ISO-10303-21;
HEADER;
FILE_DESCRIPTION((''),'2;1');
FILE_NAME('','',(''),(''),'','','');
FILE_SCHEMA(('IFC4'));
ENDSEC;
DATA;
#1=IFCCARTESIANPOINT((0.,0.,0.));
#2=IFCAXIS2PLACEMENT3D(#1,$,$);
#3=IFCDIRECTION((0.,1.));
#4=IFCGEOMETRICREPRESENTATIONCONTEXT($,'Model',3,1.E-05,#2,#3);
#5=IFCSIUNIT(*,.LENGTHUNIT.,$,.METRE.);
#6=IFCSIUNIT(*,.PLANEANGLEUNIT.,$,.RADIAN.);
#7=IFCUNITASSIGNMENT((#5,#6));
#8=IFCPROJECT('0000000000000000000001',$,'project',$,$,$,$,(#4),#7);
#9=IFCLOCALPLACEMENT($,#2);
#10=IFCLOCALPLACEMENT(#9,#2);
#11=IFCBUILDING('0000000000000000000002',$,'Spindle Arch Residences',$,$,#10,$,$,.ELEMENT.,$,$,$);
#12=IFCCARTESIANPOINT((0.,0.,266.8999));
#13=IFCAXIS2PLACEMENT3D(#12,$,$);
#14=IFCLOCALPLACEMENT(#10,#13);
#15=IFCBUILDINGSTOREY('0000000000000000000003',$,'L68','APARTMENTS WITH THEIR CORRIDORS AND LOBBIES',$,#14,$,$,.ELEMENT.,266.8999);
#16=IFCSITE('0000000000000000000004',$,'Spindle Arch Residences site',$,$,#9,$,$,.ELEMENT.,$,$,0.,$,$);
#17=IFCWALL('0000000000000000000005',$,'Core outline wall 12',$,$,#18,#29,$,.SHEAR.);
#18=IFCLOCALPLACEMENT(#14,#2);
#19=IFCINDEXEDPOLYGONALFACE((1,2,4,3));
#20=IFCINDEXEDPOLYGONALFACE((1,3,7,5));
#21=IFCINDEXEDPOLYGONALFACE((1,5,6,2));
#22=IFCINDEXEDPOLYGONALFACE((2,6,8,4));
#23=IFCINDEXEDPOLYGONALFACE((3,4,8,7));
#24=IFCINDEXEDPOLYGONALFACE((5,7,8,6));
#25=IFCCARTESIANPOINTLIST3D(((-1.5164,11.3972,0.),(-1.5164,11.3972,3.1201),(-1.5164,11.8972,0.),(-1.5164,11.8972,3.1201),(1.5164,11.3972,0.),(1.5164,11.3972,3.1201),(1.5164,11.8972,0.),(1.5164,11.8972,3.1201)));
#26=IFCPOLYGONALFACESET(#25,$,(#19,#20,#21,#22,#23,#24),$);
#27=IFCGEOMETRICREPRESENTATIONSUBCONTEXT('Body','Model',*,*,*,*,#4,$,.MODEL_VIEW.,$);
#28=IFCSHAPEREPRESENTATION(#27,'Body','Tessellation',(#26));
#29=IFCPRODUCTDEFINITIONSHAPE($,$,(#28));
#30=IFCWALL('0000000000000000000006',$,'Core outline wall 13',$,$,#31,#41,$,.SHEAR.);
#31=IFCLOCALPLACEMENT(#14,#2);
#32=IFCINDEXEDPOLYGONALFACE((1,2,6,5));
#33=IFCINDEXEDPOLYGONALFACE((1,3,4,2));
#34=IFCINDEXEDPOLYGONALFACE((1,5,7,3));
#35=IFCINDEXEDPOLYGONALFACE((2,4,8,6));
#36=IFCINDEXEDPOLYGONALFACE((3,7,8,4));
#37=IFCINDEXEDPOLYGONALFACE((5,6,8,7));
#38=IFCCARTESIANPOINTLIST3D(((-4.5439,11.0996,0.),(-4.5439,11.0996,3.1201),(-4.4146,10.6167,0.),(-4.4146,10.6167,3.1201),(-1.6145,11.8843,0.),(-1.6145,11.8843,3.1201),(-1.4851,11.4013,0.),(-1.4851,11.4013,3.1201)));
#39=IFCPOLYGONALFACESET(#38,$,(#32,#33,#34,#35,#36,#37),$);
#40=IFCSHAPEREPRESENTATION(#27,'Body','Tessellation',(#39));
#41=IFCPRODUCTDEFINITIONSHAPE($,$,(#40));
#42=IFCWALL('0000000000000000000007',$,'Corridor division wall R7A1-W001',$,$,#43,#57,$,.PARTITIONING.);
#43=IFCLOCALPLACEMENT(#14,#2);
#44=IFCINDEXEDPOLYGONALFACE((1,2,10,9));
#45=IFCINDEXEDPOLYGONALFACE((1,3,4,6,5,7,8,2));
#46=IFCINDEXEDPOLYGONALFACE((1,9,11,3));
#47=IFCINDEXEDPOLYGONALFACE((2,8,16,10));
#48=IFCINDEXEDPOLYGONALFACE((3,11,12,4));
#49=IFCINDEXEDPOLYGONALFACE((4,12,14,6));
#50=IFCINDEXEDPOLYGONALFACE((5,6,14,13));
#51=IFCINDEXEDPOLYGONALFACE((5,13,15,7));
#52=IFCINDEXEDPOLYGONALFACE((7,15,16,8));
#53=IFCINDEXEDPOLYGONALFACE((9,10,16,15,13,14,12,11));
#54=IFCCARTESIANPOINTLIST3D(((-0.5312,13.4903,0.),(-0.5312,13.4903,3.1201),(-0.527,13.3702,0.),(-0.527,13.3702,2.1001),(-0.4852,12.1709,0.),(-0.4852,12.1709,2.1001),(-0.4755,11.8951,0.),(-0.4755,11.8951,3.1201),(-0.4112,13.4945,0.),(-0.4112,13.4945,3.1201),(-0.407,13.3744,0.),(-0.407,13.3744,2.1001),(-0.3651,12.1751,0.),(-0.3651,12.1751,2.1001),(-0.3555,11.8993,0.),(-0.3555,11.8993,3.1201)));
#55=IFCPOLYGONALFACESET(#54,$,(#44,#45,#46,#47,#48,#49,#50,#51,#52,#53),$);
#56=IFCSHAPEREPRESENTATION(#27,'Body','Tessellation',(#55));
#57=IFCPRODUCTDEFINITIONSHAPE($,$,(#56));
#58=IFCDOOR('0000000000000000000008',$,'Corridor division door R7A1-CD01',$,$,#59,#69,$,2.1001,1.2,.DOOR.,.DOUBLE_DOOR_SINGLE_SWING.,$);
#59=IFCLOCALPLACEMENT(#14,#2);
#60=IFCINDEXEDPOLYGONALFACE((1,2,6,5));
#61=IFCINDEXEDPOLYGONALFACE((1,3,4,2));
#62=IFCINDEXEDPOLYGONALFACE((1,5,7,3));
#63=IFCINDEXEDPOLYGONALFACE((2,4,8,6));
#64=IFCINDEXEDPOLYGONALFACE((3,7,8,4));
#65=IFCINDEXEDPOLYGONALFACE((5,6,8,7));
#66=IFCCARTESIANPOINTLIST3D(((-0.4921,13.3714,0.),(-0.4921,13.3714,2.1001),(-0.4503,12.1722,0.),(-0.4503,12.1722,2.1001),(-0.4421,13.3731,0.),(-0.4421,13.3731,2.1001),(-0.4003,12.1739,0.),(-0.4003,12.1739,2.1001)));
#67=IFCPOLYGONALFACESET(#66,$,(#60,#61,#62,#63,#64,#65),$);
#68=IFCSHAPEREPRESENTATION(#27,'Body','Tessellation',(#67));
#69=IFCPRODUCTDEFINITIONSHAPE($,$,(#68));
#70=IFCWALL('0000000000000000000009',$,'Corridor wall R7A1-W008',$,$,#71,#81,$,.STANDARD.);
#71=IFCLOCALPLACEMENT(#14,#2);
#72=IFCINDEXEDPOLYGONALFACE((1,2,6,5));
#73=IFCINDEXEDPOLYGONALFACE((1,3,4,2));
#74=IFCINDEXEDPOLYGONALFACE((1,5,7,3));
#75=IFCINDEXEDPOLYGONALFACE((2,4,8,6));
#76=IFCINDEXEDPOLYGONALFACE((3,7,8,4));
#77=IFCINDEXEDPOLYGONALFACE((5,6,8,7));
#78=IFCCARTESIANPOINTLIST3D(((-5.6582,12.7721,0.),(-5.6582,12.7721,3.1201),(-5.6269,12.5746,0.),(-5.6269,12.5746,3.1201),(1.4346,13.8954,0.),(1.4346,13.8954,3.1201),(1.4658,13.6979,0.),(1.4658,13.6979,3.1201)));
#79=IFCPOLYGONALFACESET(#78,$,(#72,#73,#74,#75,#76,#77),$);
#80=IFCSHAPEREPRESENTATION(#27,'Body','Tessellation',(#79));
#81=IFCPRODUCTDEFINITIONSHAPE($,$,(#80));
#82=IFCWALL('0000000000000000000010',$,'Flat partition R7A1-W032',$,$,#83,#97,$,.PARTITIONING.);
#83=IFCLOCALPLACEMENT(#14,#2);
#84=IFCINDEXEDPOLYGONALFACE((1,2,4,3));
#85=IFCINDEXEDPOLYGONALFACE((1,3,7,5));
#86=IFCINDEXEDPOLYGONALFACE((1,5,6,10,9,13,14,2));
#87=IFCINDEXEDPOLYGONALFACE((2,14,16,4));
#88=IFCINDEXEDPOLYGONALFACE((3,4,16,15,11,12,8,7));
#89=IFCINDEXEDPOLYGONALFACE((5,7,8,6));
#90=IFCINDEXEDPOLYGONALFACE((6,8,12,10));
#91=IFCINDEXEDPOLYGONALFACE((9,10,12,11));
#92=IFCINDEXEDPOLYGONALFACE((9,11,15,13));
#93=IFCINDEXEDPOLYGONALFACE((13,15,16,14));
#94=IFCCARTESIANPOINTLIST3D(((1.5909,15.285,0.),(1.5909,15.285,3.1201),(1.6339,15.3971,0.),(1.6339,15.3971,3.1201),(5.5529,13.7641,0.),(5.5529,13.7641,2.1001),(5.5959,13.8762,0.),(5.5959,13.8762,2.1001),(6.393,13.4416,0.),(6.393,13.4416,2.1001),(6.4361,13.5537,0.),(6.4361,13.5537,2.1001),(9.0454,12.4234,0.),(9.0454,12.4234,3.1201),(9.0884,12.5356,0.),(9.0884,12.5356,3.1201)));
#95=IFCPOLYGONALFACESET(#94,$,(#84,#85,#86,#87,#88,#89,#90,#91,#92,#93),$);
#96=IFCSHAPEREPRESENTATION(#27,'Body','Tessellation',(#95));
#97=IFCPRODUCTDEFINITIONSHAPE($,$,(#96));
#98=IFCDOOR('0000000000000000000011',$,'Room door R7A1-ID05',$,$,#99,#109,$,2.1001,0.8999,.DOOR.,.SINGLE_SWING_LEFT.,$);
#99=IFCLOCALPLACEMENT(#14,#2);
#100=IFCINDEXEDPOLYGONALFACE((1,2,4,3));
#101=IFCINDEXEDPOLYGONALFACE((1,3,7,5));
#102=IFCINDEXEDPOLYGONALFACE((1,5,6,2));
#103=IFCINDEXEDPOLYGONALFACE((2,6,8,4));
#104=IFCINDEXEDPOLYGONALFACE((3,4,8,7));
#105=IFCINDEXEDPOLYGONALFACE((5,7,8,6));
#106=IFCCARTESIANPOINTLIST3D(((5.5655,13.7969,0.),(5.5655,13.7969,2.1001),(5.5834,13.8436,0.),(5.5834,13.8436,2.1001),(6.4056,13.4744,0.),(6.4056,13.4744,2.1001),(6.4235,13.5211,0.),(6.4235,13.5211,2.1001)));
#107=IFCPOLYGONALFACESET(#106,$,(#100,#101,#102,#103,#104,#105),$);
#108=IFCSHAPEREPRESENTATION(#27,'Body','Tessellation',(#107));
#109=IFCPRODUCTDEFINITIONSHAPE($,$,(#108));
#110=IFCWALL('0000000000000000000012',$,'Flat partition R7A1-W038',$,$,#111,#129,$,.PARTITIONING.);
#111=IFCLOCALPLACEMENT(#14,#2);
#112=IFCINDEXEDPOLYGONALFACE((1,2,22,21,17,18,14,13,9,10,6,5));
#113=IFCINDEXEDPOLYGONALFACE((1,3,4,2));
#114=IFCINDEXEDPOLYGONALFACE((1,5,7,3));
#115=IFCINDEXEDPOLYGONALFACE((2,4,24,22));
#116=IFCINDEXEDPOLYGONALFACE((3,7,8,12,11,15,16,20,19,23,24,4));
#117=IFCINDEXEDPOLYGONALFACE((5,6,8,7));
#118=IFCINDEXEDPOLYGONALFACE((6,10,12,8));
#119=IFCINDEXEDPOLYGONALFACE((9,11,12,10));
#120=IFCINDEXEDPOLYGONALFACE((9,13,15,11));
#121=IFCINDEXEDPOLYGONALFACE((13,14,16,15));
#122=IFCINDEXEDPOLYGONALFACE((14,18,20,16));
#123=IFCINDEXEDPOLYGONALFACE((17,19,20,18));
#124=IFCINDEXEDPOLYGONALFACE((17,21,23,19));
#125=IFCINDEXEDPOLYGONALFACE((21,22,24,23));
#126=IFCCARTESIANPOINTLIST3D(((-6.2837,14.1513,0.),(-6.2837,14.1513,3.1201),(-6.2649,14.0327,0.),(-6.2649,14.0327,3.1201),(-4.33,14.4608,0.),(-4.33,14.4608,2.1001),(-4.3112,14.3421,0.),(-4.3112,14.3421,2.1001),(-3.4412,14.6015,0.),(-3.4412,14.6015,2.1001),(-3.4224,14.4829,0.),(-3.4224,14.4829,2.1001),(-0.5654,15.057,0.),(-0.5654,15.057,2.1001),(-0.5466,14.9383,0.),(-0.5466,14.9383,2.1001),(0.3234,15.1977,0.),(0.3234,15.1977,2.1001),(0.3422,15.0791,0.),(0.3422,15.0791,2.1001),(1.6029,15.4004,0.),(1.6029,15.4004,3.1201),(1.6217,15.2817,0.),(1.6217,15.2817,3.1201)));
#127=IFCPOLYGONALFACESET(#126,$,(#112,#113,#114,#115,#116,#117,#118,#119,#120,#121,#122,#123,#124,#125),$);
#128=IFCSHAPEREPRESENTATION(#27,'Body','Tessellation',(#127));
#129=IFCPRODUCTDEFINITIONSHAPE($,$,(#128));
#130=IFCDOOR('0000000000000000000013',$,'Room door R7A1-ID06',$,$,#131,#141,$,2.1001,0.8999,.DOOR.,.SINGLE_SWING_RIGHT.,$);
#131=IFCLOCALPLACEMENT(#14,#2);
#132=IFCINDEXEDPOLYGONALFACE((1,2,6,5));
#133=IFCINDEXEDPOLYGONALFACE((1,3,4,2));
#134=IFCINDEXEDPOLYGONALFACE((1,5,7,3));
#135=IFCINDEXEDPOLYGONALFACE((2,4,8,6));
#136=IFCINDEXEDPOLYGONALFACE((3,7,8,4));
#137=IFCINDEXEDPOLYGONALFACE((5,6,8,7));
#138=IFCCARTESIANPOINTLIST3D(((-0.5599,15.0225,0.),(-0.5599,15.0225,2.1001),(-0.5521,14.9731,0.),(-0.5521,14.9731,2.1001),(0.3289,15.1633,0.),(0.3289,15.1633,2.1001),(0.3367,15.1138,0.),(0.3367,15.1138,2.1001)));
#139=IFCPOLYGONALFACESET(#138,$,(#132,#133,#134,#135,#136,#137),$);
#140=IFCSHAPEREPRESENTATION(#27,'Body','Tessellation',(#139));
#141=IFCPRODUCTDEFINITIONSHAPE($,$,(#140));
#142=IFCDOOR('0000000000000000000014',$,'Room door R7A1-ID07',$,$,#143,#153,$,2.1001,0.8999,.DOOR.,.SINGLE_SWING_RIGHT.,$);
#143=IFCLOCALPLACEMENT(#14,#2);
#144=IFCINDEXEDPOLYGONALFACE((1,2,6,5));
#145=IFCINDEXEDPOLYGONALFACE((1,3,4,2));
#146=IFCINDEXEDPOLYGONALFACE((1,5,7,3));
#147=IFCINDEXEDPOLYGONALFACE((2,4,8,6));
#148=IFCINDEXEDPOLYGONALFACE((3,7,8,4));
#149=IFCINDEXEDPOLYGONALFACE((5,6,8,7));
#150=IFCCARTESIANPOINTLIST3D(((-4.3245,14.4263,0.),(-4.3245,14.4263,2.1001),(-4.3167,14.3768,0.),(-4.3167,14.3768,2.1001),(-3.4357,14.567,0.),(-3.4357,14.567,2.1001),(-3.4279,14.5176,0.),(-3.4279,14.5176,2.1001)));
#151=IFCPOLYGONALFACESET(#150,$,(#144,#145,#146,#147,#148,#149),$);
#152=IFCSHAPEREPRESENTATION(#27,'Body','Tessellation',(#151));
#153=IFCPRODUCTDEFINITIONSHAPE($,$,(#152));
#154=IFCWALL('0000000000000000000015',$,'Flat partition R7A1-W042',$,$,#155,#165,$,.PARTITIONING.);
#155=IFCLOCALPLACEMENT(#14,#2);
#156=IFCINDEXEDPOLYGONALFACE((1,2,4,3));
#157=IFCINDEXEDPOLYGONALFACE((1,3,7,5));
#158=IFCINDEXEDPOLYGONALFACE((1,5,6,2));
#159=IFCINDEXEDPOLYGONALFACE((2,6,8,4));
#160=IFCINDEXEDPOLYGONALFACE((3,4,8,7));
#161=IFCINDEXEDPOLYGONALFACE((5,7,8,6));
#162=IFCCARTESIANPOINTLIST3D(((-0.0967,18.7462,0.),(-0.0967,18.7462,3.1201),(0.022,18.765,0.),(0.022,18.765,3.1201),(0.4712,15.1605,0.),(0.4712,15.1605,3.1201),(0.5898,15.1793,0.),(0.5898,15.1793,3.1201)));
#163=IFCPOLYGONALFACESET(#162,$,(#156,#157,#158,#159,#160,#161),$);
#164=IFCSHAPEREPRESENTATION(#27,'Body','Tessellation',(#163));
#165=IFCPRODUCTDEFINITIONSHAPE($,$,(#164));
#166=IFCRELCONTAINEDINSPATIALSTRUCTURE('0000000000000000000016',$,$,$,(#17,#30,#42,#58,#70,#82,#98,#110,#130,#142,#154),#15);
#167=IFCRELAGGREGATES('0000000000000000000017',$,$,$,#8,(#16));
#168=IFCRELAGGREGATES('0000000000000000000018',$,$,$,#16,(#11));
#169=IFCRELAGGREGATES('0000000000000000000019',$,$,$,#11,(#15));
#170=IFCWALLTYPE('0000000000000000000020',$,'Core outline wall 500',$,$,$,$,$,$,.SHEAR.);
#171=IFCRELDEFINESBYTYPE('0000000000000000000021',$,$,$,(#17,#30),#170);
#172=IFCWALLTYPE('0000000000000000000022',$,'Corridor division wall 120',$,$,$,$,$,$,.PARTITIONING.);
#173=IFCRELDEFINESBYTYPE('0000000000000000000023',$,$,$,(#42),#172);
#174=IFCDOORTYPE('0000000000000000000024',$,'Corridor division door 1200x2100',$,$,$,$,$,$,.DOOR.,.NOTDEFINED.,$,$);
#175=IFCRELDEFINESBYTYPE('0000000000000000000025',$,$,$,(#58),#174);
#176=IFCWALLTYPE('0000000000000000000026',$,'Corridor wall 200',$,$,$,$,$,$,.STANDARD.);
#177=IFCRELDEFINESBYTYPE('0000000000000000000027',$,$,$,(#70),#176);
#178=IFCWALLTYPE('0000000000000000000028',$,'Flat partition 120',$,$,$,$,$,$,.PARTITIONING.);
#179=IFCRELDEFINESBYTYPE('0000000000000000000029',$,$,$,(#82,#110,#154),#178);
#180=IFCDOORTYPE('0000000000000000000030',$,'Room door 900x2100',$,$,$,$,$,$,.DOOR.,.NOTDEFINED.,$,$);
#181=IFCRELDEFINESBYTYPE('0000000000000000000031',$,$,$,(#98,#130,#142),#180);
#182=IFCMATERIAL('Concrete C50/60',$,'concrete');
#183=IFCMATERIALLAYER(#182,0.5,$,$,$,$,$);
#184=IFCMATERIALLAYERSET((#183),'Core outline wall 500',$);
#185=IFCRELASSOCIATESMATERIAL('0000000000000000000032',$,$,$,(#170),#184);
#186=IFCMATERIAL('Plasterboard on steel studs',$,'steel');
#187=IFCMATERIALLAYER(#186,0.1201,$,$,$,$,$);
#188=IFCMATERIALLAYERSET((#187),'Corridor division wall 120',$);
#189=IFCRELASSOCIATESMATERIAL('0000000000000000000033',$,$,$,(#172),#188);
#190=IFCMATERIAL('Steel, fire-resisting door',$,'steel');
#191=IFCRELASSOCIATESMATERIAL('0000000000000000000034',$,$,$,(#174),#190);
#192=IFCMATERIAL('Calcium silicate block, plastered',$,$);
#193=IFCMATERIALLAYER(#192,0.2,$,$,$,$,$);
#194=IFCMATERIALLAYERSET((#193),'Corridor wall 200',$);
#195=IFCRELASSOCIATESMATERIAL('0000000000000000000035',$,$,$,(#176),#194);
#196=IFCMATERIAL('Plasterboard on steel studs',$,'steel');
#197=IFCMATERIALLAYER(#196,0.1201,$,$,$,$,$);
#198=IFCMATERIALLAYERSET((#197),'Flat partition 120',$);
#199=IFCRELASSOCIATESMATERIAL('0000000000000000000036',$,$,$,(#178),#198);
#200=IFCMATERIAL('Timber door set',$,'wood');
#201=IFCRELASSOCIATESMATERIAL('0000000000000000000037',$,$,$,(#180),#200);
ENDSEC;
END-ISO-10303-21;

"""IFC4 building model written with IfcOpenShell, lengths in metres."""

from ifc_helpers import new_model, si_unit, direction, frame, frame_2d, origin, place, context, subcontext, project, spatial, rectangle, extrude, material, layer, layer_set, type_object, element, fill, save


model = new_model("IFC4")

# Units and contexts
model_context = context("Model", 3, precision=1e-05, world=origin(), true_north=direction((0.0, 1.0)))
body_context = subcontext(model_context, "Body", "Model", "MODEL_VIEW")
ifc_project = project(units=[si_unit("LENGTHUNIT", "METRE"), si_unit("PLANEANGLEUNIT", "RADIAN")], contexts=[model_context])

# Site, building, storey
site_placement = place(None, origin())
site = spatial("IfcSite", under=ifc_project, at=site_placement, Name="Spindle Arch Residences site", CompositionType="ELEMENT", RefElevation=0.0)
building_placement = place(site_placement, origin())
building = spatial("IfcBuilding", under=site, at=building_placement, Name="Spindle Arch Residences", CompositionType="ELEMENT")
storey_placement = place(building_placement, frame((0.0, 0.0, 266.8999)))
storey = spatial("IfcBuildingStorey", under=building, at=storey_placement, Name="L68", Description="APARTMENTS WITH THEIR CORRIDORS AND LOBBIES", CompositionType="ELEMENT", Elevation=266.8999)

# Walls
ifc_material_1 = material(Name="Concrete C50/60", Category="concrete")
ifc_layer_1 = layer(ifc_material_1, 0.5)
ifc_layer_set_1 = layer_set([ifc_layer_1], Name="Core outline wall 500")
wall_type_1 = type_object("IfcWallType", Name="Core outline wall 500", PredefinedType="SHEAR", material=ifc_layer_set_1)
for number, where, z_axis, x_axis, name in (
    (1, (1.5164, 11.6472, 0.0), (0.0, 0.0, 1.0), (-1.0, 0.0, 0.0), "Core outline wall 12"),
    (2, (-1.5498, 11.6428, 0.0), (0.0, 0.0, 1.0), (-0.965948, -0.258735, 0.0), "Core outline wall 13"),
):
    element("IfcWall", number, at=place(storey_placement, frame(where, z_axis=z_axis, x_axis=x_axis)), inside=storey, type_object=wall_type_1, Name=name, PredefinedType="SHEAR", context=body_context, shape_type="SweptSolid", body=[
        extrude(rectangle(XDim=3.0327, YDim=0.5, at=frame_2d((1.5164, 0.0))), origin(), (0.0, 0.0, 1.0), 3.1201),
    ])

# Wall, opening, door
ifc_material_2 = material(Name="Plasterboard on steel studs", Category="steel")
ifc_layer_2 = layer(ifc_material_2, 0.1201)
ifc_layer_set_2 = layer_set([ifc_layer_2], Name="Corridor division wall 120")
wall_type_2 = type_object("IfcWallType", Name="Corridor division wall 120", PredefinedType="PARTITIONING", material=ifc_layer_set_2)
wall_1_placement = place(storey_placement, frame((-0.4712, 13.4924, 0.0), z_axis=(0.0, 0.0, 1.0), x_axis=(0.034873, -0.999392, 0.0)))
wall_1 = element("IfcWall", 3, at=wall_1_placement, inside=storey, type_object=wall_type_2, Name="Corridor division wall R7A1-W001", PredefinedType="PARTITIONING", context=body_context, shape_type="SweptSolid", body=[
    extrude(rectangle(XDim=1.5962, YDim=0.1201, at=frame_2d((0.7981, 0.0))), origin(), (0.0, 0.0, 1.0), 3.1201),
])
opening_1_placement = place(wall_1_placement, frame((0.1201, 0.0, 0.0)))
opening_1 = element("IfcOpeningElement", 4, at=opening_1_placement, cuts=wall_1, PredefinedType="OPENING", context=body_context, shape_type="SweptSolid", body=[
    extrude(rectangle(XDim=1.2, YDim=2.1001, at=frame_2d((0.6001, 1.05))), frame((0.0, 0.0701, 0.0), z_axis=(0.0, -1.0, 0.0), x_axis=(1.0, 0.0, 0.0)), (0.0, 0.0, 1.0), 0.1401),
])
ifc_material_3 = material(Name="Steel, fire-resisting door", Category="steel")
door_type_1 = type_object("IfcDoorType", Name="Corridor division door 1200x2100", OperationType="NOTDEFINED", PredefinedType="DOOR", material=ifc_material_3)
door_1_placement = place(opening_1_placement, origin())
door_1 = element("IfcDoor", 5, at=door_1_placement, inside=storey, type_object=door_type_1, Name="Corridor division door R7A1-CD01", OperationType="DOUBLE_DOOR_SINGLE_SWING", OverallHeight=2.1001, OverallWidth=1.2, PredefinedType="DOOR", context=body_context, shape_type="SweptSolid", body=[
    extrude(rectangle(XDim=1.2, YDim=2.1001, at=frame_2d((0.6001, 1.05))), frame((0.0, 0.0249, 0.0), z_axis=(0.0, -1.0, 0.0), x_axis=(1.0, 0.0, 0.0)), (0.0, 0.0, 1.0), 0.05),
])
fill(opening_1, door_1)

# Wall
ifc_material_4 = material(Name="Calcium silicate block, plastered")
ifc_layer_3 = layer(ifc_material_4, 0.2)
ifc_layer_set_3 = layer_set([ifc_layer_3], Name="Corridor wall 200")
wall_type_3 = type_object("IfcWallType", Name="Corridor wall 200", PredefinedType="STANDARD", material=ifc_layer_set_3)
wall_2_placement = place(storey_placement, frame((1.4502, 13.7966, 0.0), z_axis=(0.0, 0.0, 1.0), x_axis=(-0.98769, -0.156422, 0.0)))
element("IfcWall", 6, at=wall_2_placement, inside=storey, type_object=wall_type_3, Name="Corridor wall R7A1-W008", PredefinedType="STANDARD", context=body_context, shape_type="SweptSolid", body=[
    extrude(rectangle(XDim=7.1812, YDim=0.2, at=frame_2d((3.5906, 0.0))), origin(), (0.0, 0.0, 1.0), 3.1201),
])

# Wall, opening, door
ifc_material_5 = material(Name="Plasterboard on steel studs", Category="steel")
ifc_layer_4 = layer(ifc_material_5, 0.1201)
ifc_layer_set_4 = layer_set([ifc_layer_4], Name="Flat partition 120")
wall_type_4 = type_object("IfcWallType", Name="Flat partition 120", PredefinedType="PARTITIONING", material=ifc_layer_set_4)
wall_3_placement = place(storey_placement, frame((9.0669, 12.4795, 0.0), z_axis=(0.0, 0.0, 1.0), x_axis=(-0.933579, 0.35837, 0.0)))
wall_3 = element("IfcWall", 7, at=wall_3_placement, inside=storey, type_object=wall_type_4, Name="Flat partition R7A1-W032", PredefinedType="PARTITIONING", context=body_context, shape_type="SweptSolid", body=[
    extrude(rectangle(XDim=7.9849, YDim=0.1201, at=frame_2d((3.9924, 0.0))), origin(), (0.0, 0.0, 1.0), 3.1201),
])
opening_2_placement = place(wall_3_placement, frame((2.8411, 0.0, 0.0)))
opening_2 = element("IfcOpeningElement", 8, at=opening_2_placement, cuts=wall_3, PredefinedType="OPENING", context=body_context, shape_type="SweptSolid", body=[
    extrude(rectangle(XDim=0.8999, YDim=2.1001, at=frame_2d((0.45, 1.05))), frame((0.0, 0.0701, 0.0), z_axis=(0.0, -1.0, 0.0), x_axis=(1.0, 0.0, 0.0)), (0.0, 0.0, 1.0), 0.1401),
])
ifc_material_6 = material(Name="Timber door set", Category="wood")
door_type_2 = type_object("IfcDoorType", Name="Room door 900x2100", OperationType="NOTDEFINED", PredefinedType="DOOR", material=ifc_material_6)
door_2_placement = place(opening_2_placement, origin())
door_2 = element("IfcDoor", 9, at=door_2_placement, inside=storey, type_object=door_type_2, Name="Room door R7A1-ID05", OperationType="SINGLE_SWING_LEFT", OverallHeight=2.1001, OverallWidth=0.8999, PredefinedType="DOOR", context=body_context, shape_type="SweptSolid", body=[
    extrude(rectangle(XDim=0.8999, YDim=2.1001, at=frame_2d((0.45, 1.05))), frame((0.0, 0.0249, 0.0), z_axis=(0.0, -1.0, 0.0), x_axis=(1.0, 0.0, 0.0)), (0.0, 0.0, 1.0), 0.05),
])
fill(opening_2, door_2)

# Wall, openings, doors
wall_4_placement = place(storey_placement, frame((1.6123, 15.3411, 0.0), z_axis=(0.0, 0.0, 1.0), x_axis=(-0.98769, -0.156426, 0.0)))
wall_4 = element("IfcWall", 10, at=wall_4_placement, inside=storey, type_object=wall_type_4, Name="Flat partition R7A1-W038", PredefinedType="PARTITIONING", context=body_context, shape_type="SweptSolid", body=[
    extrude(rectangle(XDim=7.9849, YDim=0.1201, at=frame_2d((3.9924, 0.0))), origin(), (0.0, 0.0, 1.0), 3.1201),
])
opening_3_placement = place(wall_4_placement, frame((1.2954, 0.0, 0.0)))
opening_3 = element("IfcOpeningElement", 11, at=opening_3_placement, cuts=wall_4, PredefinedType="OPENING", context=body_context, shape_type="SweptSolid", body=[
    extrude(rectangle(XDim=0.8999, YDim=2.1001, at=frame_2d((0.45, 1.05))), frame((0.0, 0.0701, 0.0), z_axis=(0.0, -1.0, 0.0), x_axis=(1.0, 0.0, 0.0)), (0.0, 0.0, 1.0), 0.1401),
])
opening_4_placement = place(wall_4_placement, frame((5.1069, 0.0, 0.0)))
opening_4 = element("IfcOpeningElement", 12, at=opening_4_placement, cuts=wall_4, PredefinedType="OPENING", context=body_context, shape_type="SweptSolid", body=[
    extrude(rectangle(XDim=0.8999, YDim=2.1001, at=frame_2d((0.45, 1.05))), frame((0.0, 0.0701, 0.0), z_axis=(0.0, -1.0, 0.0), x_axis=(1.0, 0.0, 0.0)), (0.0, 0.0, 1.0), 0.1401),
])
door_3_placement = place(opening_3_placement, origin())
door_3 = element("IfcDoor", 13, at=door_3_placement, inside=storey, type_object=door_type_2, Name="Room door R7A1-ID06", OperationType="SINGLE_SWING_RIGHT", OverallHeight=2.1001, OverallWidth=0.8999, PredefinedType="DOOR", context=body_context, shape_type="SweptSolid", body=[
    extrude(rectangle(XDim=0.8999, YDim=2.1001, at=frame_2d((0.45, 1.05))), frame((0.0, 0.0249, 0.0), z_axis=(0.0, -1.0, 0.0), x_axis=(1.0, 0.0, 0.0)), (0.0, 0.0, 1.0), 0.05),
])
fill(opening_3, door_3)
door_4_placement = place(opening_4_placement, origin())
door_4 = element("IfcDoor", 14, at=door_4_placement, inside=storey, type_object=door_type_2, Name="Room door R7A1-ID07", OperationType="SINGLE_SWING_RIGHT", OverallHeight=2.1001, OverallWidth=0.8999, PredefinedType="DOOR", context=body_context, shape_type="SweptSolid", body=[
    extrude(rectangle(XDim=0.8999, YDim=2.1001, at=frame_2d((0.45, 1.05))), frame((0.0, 0.0249, 0.0), z_axis=(0.0, -1.0, 0.0), x_axis=(1.0, 0.0, 0.0)), (0.0, 0.0, 1.0), 0.05),
])
fill(opening_4, door_4)

# Wall
wall_5_placement = place(storey_placement, frame((-0.0374, 18.7556, 0.0), z_axis=(0.0, 0.0, 1.0), x_axis=(0.156422, -0.98769, 0.0)))
element("IfcWall", 15, at=wall_5_placement, inside=storey, type_object=wall_type_4, Name="Flat partition R7A1-W042", PredefinedType="PARTITIONING", context=body_context, shape_type="SweptSolid", body=[
    extrude(rectangle(XDim=3.6304, YDim=0.1201, at=frame_2d((1.8152, 0.0))), origin(), (0.0, 0.0, 1.0), 3.1201),
])

save(model, "model.ifc")
